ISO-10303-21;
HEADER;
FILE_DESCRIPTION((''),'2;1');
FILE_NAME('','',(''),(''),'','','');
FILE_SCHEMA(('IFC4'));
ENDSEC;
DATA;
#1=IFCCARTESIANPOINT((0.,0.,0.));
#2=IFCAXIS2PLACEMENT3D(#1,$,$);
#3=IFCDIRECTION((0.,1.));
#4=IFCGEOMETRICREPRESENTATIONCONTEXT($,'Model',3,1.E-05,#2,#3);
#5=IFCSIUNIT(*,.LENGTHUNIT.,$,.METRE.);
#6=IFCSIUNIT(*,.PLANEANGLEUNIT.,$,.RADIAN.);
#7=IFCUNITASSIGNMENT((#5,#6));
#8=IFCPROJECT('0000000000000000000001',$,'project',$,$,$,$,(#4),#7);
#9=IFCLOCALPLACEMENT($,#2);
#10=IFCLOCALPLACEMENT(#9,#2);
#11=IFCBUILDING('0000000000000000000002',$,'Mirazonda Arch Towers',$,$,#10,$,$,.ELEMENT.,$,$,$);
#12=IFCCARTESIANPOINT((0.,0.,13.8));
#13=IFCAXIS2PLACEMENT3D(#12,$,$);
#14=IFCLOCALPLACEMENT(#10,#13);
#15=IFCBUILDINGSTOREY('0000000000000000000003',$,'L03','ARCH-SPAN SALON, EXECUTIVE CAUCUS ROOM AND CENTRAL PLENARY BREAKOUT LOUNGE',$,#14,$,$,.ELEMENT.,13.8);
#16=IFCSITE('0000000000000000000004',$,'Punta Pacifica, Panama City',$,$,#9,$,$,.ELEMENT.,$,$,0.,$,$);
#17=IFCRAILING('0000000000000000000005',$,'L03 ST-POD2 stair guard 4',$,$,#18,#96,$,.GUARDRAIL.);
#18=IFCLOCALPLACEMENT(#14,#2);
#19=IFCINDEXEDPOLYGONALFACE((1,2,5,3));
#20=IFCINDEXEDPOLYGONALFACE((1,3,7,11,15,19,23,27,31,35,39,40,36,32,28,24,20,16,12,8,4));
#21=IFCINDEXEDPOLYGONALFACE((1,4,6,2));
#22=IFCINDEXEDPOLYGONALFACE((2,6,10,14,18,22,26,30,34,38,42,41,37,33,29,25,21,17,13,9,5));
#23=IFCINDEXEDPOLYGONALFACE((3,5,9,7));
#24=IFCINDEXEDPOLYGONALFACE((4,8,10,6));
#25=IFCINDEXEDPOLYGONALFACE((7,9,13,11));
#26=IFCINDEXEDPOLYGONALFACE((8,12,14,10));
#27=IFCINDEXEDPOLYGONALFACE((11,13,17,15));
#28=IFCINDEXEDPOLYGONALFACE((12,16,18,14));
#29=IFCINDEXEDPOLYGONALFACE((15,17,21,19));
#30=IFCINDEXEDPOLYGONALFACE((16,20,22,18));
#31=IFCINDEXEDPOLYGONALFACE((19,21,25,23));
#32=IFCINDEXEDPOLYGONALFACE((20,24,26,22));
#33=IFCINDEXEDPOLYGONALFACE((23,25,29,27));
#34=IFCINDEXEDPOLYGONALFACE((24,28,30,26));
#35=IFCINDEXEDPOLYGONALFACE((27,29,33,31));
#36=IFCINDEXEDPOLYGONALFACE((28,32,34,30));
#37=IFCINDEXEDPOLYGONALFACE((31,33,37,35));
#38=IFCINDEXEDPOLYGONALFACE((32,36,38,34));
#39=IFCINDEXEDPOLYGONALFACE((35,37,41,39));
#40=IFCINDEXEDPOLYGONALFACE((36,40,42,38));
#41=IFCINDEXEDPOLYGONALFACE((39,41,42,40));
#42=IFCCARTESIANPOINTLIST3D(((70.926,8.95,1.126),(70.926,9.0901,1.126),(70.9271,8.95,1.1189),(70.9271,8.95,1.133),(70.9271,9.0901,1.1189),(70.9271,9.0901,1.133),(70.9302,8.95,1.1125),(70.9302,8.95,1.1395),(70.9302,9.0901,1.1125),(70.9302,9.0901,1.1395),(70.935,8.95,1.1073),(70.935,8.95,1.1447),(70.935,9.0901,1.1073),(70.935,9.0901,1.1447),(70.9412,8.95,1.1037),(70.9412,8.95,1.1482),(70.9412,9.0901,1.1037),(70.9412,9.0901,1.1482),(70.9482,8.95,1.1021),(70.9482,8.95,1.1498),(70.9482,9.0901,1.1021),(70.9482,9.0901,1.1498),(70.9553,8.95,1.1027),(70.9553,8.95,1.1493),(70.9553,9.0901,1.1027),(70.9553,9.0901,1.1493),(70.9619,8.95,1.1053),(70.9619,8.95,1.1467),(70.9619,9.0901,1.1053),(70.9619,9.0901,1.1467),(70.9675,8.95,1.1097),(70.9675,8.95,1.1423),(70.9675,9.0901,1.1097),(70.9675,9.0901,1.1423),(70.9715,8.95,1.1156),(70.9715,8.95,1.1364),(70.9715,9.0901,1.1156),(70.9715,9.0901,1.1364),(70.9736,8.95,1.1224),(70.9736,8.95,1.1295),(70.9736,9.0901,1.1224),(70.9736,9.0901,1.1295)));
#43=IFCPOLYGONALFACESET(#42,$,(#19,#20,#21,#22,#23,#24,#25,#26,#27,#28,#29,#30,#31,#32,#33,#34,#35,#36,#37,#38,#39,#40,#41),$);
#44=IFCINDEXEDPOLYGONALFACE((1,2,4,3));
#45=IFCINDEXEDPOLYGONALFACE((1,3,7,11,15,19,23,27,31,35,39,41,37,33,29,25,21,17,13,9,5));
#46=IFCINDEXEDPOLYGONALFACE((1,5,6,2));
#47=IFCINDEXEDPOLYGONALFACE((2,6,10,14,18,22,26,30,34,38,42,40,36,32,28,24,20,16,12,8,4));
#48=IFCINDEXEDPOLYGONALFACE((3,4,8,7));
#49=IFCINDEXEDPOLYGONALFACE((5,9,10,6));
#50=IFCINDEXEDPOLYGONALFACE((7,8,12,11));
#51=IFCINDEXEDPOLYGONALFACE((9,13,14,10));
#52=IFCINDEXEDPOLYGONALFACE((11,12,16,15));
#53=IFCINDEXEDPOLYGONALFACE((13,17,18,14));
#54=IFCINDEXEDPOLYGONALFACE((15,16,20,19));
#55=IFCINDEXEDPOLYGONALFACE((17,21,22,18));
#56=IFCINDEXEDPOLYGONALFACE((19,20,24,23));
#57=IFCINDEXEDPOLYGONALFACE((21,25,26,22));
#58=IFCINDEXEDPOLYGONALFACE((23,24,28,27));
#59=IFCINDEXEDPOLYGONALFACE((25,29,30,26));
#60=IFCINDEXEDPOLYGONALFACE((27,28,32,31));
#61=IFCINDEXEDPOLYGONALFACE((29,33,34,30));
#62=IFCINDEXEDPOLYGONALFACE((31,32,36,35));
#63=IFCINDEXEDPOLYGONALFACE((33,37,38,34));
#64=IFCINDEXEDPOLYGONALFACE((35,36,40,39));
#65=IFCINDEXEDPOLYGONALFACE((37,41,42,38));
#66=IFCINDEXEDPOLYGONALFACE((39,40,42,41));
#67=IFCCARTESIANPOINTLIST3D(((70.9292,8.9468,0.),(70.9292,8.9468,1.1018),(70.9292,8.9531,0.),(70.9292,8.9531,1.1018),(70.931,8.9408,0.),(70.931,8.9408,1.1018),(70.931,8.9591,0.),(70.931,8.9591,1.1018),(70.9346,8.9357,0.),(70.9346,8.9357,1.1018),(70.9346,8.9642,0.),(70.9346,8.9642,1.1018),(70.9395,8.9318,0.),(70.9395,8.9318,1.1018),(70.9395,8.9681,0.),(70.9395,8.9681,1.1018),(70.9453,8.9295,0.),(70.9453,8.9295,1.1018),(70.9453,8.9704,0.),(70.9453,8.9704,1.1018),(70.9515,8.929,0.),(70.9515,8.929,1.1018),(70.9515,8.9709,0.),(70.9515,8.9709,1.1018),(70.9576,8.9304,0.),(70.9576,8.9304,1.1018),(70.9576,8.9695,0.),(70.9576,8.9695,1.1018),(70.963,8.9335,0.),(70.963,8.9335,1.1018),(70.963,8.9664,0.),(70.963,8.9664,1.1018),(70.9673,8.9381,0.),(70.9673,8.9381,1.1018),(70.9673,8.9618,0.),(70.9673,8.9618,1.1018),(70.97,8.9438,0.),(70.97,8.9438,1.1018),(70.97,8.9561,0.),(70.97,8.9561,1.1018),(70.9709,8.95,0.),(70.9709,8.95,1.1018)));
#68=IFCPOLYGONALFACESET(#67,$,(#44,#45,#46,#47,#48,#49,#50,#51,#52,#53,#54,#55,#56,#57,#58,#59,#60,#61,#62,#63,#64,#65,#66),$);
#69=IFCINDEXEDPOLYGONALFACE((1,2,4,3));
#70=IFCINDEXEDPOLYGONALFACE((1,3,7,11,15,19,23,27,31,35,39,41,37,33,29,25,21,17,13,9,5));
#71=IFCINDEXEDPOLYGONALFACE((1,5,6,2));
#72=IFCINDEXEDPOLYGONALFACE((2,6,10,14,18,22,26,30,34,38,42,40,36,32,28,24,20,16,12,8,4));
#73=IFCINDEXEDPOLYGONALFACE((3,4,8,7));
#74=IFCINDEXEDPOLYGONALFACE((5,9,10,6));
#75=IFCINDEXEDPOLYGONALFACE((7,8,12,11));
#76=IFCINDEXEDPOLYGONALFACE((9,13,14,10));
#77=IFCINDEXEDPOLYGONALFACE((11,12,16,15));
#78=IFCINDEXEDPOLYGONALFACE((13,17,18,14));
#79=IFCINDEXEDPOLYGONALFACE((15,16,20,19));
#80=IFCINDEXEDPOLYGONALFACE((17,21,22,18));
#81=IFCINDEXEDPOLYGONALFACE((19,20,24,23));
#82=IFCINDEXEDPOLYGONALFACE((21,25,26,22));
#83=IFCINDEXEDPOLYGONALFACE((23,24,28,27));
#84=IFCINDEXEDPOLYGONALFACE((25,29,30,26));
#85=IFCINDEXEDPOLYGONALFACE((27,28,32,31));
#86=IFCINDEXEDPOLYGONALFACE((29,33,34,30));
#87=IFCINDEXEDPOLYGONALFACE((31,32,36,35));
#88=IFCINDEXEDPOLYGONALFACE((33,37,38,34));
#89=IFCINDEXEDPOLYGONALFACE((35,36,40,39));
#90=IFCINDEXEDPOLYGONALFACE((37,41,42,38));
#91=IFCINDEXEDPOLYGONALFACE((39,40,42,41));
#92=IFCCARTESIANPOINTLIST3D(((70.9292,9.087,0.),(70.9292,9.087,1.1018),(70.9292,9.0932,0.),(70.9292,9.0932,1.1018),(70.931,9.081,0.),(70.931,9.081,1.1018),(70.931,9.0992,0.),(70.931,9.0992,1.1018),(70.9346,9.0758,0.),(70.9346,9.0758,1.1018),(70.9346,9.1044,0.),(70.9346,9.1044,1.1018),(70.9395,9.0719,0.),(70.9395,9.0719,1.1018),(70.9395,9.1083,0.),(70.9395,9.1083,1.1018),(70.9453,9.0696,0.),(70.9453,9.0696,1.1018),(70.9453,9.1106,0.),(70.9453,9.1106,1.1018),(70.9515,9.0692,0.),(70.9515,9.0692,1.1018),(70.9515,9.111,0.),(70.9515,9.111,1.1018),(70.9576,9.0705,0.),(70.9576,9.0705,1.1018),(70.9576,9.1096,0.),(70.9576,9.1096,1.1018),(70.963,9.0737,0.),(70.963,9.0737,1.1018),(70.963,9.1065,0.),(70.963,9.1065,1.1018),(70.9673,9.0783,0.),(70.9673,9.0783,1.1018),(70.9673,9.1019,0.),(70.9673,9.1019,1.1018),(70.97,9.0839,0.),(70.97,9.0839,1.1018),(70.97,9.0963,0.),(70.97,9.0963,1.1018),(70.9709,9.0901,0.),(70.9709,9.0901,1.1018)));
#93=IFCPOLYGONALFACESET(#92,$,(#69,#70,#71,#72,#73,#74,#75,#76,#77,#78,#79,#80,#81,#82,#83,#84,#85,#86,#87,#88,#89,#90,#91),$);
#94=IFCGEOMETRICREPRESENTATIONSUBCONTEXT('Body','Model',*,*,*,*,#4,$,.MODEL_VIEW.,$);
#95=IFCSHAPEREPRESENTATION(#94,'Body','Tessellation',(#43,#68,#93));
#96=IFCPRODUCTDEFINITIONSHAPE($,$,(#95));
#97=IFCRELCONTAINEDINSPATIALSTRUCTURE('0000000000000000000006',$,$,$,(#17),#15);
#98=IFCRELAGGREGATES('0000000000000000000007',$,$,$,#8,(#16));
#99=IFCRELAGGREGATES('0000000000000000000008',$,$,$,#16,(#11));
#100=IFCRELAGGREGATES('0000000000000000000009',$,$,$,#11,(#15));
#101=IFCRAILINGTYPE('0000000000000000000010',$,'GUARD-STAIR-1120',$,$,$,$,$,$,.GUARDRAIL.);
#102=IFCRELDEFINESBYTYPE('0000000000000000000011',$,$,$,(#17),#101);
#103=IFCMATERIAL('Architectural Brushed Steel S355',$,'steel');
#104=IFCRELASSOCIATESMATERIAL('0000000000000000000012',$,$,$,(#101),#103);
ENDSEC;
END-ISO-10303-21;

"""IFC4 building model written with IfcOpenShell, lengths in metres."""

from ifc_helpers import new_model, si_unit, direction, frame, origin, origin_2d, place, context, subcontext, project, spatial, circle, extrude, material, type_object, element, save


model = new_model("IFC4")

# Units and contexts
model_context = context("Model", 3, precision=1e-05, world=origin(), true_north=direction((0.0, 1.0)))
body_context = subcontext(model_context, "Body", "Model", "MODEL_VIEW")
ifc_project = project(units=[si_unit("LENGTHUNIT", "METRE"), si_unit("PLANEANGLEUNIT", "RADIAN")], contexts=[model_context])

# Site, building, storey
site_placement = place(None, origin())
site = spatial("IfcSite", under=ifc_project, at=site_placement, Name="Punta Pacifica, Panama City", CompositionType="ELEMENT", RefElevation=0.0)
building_placement = place(site_placement, origin())
building = spatial("IfcBuilding", under=site, at=building_placement, Name="Mirazonda Arch Towers", CompositionType="ELEMENT")
storey_placement = place(building_placement, frame((0.0, 0.0, 13.8)))
storey = spatial("IfcBuildingStorey", under=building, at=storey_placement, Name="L03", Description="ARCH-SPAN SALON, EXECUTIVE CAUCUS ROOM AND CENTRAL PLENARY BREAKOUT LOUNGE", CompositionType="ELEMENT", Elevation=13.8)

# Railing
ifc_material_1 = material(Name="Architectural Brushed Steel S355", Category="steel")
railing_type_1 = type_object("IfcRailingType", Name="GUARD-STAIR-1120", PredefinedType="GUARDRAIL", material=ifc_material_1)
railing_1_placement = place(storey_placement, frame((70.95, 8.95, 0.0)))
element("IfcRailing", 1, at=railing_1_placement, inside=storey, type_object=railing_type_1, Name="L03 ST-POD2 stair guard 4", PredefinedType="GUARDRAIL", context=body_context, shape_type="SweptSolid", body=[
    extrude(circle(Radius=0.0239, at=origin_2d()), frame((0.0, 0.0, 1.126), z_axis=(0.0, 1.0, 0.0), x_axis=(-1.0, 0.0, 0.0)), (0.0, 0.0, 1.0), 0.1401),
    extrude(circle(Radius=0.021, at=origin_2d()), origin(), (0.0, 0.0, 1.0), 1.1018),
    extrude(circle(Radius=0.021, at=origin_2d()), frame((0.0, 0.1401, 0.0)), (0.0, 0.0, 1.0), 1.1018),
])

save(model, "model.ifc")
